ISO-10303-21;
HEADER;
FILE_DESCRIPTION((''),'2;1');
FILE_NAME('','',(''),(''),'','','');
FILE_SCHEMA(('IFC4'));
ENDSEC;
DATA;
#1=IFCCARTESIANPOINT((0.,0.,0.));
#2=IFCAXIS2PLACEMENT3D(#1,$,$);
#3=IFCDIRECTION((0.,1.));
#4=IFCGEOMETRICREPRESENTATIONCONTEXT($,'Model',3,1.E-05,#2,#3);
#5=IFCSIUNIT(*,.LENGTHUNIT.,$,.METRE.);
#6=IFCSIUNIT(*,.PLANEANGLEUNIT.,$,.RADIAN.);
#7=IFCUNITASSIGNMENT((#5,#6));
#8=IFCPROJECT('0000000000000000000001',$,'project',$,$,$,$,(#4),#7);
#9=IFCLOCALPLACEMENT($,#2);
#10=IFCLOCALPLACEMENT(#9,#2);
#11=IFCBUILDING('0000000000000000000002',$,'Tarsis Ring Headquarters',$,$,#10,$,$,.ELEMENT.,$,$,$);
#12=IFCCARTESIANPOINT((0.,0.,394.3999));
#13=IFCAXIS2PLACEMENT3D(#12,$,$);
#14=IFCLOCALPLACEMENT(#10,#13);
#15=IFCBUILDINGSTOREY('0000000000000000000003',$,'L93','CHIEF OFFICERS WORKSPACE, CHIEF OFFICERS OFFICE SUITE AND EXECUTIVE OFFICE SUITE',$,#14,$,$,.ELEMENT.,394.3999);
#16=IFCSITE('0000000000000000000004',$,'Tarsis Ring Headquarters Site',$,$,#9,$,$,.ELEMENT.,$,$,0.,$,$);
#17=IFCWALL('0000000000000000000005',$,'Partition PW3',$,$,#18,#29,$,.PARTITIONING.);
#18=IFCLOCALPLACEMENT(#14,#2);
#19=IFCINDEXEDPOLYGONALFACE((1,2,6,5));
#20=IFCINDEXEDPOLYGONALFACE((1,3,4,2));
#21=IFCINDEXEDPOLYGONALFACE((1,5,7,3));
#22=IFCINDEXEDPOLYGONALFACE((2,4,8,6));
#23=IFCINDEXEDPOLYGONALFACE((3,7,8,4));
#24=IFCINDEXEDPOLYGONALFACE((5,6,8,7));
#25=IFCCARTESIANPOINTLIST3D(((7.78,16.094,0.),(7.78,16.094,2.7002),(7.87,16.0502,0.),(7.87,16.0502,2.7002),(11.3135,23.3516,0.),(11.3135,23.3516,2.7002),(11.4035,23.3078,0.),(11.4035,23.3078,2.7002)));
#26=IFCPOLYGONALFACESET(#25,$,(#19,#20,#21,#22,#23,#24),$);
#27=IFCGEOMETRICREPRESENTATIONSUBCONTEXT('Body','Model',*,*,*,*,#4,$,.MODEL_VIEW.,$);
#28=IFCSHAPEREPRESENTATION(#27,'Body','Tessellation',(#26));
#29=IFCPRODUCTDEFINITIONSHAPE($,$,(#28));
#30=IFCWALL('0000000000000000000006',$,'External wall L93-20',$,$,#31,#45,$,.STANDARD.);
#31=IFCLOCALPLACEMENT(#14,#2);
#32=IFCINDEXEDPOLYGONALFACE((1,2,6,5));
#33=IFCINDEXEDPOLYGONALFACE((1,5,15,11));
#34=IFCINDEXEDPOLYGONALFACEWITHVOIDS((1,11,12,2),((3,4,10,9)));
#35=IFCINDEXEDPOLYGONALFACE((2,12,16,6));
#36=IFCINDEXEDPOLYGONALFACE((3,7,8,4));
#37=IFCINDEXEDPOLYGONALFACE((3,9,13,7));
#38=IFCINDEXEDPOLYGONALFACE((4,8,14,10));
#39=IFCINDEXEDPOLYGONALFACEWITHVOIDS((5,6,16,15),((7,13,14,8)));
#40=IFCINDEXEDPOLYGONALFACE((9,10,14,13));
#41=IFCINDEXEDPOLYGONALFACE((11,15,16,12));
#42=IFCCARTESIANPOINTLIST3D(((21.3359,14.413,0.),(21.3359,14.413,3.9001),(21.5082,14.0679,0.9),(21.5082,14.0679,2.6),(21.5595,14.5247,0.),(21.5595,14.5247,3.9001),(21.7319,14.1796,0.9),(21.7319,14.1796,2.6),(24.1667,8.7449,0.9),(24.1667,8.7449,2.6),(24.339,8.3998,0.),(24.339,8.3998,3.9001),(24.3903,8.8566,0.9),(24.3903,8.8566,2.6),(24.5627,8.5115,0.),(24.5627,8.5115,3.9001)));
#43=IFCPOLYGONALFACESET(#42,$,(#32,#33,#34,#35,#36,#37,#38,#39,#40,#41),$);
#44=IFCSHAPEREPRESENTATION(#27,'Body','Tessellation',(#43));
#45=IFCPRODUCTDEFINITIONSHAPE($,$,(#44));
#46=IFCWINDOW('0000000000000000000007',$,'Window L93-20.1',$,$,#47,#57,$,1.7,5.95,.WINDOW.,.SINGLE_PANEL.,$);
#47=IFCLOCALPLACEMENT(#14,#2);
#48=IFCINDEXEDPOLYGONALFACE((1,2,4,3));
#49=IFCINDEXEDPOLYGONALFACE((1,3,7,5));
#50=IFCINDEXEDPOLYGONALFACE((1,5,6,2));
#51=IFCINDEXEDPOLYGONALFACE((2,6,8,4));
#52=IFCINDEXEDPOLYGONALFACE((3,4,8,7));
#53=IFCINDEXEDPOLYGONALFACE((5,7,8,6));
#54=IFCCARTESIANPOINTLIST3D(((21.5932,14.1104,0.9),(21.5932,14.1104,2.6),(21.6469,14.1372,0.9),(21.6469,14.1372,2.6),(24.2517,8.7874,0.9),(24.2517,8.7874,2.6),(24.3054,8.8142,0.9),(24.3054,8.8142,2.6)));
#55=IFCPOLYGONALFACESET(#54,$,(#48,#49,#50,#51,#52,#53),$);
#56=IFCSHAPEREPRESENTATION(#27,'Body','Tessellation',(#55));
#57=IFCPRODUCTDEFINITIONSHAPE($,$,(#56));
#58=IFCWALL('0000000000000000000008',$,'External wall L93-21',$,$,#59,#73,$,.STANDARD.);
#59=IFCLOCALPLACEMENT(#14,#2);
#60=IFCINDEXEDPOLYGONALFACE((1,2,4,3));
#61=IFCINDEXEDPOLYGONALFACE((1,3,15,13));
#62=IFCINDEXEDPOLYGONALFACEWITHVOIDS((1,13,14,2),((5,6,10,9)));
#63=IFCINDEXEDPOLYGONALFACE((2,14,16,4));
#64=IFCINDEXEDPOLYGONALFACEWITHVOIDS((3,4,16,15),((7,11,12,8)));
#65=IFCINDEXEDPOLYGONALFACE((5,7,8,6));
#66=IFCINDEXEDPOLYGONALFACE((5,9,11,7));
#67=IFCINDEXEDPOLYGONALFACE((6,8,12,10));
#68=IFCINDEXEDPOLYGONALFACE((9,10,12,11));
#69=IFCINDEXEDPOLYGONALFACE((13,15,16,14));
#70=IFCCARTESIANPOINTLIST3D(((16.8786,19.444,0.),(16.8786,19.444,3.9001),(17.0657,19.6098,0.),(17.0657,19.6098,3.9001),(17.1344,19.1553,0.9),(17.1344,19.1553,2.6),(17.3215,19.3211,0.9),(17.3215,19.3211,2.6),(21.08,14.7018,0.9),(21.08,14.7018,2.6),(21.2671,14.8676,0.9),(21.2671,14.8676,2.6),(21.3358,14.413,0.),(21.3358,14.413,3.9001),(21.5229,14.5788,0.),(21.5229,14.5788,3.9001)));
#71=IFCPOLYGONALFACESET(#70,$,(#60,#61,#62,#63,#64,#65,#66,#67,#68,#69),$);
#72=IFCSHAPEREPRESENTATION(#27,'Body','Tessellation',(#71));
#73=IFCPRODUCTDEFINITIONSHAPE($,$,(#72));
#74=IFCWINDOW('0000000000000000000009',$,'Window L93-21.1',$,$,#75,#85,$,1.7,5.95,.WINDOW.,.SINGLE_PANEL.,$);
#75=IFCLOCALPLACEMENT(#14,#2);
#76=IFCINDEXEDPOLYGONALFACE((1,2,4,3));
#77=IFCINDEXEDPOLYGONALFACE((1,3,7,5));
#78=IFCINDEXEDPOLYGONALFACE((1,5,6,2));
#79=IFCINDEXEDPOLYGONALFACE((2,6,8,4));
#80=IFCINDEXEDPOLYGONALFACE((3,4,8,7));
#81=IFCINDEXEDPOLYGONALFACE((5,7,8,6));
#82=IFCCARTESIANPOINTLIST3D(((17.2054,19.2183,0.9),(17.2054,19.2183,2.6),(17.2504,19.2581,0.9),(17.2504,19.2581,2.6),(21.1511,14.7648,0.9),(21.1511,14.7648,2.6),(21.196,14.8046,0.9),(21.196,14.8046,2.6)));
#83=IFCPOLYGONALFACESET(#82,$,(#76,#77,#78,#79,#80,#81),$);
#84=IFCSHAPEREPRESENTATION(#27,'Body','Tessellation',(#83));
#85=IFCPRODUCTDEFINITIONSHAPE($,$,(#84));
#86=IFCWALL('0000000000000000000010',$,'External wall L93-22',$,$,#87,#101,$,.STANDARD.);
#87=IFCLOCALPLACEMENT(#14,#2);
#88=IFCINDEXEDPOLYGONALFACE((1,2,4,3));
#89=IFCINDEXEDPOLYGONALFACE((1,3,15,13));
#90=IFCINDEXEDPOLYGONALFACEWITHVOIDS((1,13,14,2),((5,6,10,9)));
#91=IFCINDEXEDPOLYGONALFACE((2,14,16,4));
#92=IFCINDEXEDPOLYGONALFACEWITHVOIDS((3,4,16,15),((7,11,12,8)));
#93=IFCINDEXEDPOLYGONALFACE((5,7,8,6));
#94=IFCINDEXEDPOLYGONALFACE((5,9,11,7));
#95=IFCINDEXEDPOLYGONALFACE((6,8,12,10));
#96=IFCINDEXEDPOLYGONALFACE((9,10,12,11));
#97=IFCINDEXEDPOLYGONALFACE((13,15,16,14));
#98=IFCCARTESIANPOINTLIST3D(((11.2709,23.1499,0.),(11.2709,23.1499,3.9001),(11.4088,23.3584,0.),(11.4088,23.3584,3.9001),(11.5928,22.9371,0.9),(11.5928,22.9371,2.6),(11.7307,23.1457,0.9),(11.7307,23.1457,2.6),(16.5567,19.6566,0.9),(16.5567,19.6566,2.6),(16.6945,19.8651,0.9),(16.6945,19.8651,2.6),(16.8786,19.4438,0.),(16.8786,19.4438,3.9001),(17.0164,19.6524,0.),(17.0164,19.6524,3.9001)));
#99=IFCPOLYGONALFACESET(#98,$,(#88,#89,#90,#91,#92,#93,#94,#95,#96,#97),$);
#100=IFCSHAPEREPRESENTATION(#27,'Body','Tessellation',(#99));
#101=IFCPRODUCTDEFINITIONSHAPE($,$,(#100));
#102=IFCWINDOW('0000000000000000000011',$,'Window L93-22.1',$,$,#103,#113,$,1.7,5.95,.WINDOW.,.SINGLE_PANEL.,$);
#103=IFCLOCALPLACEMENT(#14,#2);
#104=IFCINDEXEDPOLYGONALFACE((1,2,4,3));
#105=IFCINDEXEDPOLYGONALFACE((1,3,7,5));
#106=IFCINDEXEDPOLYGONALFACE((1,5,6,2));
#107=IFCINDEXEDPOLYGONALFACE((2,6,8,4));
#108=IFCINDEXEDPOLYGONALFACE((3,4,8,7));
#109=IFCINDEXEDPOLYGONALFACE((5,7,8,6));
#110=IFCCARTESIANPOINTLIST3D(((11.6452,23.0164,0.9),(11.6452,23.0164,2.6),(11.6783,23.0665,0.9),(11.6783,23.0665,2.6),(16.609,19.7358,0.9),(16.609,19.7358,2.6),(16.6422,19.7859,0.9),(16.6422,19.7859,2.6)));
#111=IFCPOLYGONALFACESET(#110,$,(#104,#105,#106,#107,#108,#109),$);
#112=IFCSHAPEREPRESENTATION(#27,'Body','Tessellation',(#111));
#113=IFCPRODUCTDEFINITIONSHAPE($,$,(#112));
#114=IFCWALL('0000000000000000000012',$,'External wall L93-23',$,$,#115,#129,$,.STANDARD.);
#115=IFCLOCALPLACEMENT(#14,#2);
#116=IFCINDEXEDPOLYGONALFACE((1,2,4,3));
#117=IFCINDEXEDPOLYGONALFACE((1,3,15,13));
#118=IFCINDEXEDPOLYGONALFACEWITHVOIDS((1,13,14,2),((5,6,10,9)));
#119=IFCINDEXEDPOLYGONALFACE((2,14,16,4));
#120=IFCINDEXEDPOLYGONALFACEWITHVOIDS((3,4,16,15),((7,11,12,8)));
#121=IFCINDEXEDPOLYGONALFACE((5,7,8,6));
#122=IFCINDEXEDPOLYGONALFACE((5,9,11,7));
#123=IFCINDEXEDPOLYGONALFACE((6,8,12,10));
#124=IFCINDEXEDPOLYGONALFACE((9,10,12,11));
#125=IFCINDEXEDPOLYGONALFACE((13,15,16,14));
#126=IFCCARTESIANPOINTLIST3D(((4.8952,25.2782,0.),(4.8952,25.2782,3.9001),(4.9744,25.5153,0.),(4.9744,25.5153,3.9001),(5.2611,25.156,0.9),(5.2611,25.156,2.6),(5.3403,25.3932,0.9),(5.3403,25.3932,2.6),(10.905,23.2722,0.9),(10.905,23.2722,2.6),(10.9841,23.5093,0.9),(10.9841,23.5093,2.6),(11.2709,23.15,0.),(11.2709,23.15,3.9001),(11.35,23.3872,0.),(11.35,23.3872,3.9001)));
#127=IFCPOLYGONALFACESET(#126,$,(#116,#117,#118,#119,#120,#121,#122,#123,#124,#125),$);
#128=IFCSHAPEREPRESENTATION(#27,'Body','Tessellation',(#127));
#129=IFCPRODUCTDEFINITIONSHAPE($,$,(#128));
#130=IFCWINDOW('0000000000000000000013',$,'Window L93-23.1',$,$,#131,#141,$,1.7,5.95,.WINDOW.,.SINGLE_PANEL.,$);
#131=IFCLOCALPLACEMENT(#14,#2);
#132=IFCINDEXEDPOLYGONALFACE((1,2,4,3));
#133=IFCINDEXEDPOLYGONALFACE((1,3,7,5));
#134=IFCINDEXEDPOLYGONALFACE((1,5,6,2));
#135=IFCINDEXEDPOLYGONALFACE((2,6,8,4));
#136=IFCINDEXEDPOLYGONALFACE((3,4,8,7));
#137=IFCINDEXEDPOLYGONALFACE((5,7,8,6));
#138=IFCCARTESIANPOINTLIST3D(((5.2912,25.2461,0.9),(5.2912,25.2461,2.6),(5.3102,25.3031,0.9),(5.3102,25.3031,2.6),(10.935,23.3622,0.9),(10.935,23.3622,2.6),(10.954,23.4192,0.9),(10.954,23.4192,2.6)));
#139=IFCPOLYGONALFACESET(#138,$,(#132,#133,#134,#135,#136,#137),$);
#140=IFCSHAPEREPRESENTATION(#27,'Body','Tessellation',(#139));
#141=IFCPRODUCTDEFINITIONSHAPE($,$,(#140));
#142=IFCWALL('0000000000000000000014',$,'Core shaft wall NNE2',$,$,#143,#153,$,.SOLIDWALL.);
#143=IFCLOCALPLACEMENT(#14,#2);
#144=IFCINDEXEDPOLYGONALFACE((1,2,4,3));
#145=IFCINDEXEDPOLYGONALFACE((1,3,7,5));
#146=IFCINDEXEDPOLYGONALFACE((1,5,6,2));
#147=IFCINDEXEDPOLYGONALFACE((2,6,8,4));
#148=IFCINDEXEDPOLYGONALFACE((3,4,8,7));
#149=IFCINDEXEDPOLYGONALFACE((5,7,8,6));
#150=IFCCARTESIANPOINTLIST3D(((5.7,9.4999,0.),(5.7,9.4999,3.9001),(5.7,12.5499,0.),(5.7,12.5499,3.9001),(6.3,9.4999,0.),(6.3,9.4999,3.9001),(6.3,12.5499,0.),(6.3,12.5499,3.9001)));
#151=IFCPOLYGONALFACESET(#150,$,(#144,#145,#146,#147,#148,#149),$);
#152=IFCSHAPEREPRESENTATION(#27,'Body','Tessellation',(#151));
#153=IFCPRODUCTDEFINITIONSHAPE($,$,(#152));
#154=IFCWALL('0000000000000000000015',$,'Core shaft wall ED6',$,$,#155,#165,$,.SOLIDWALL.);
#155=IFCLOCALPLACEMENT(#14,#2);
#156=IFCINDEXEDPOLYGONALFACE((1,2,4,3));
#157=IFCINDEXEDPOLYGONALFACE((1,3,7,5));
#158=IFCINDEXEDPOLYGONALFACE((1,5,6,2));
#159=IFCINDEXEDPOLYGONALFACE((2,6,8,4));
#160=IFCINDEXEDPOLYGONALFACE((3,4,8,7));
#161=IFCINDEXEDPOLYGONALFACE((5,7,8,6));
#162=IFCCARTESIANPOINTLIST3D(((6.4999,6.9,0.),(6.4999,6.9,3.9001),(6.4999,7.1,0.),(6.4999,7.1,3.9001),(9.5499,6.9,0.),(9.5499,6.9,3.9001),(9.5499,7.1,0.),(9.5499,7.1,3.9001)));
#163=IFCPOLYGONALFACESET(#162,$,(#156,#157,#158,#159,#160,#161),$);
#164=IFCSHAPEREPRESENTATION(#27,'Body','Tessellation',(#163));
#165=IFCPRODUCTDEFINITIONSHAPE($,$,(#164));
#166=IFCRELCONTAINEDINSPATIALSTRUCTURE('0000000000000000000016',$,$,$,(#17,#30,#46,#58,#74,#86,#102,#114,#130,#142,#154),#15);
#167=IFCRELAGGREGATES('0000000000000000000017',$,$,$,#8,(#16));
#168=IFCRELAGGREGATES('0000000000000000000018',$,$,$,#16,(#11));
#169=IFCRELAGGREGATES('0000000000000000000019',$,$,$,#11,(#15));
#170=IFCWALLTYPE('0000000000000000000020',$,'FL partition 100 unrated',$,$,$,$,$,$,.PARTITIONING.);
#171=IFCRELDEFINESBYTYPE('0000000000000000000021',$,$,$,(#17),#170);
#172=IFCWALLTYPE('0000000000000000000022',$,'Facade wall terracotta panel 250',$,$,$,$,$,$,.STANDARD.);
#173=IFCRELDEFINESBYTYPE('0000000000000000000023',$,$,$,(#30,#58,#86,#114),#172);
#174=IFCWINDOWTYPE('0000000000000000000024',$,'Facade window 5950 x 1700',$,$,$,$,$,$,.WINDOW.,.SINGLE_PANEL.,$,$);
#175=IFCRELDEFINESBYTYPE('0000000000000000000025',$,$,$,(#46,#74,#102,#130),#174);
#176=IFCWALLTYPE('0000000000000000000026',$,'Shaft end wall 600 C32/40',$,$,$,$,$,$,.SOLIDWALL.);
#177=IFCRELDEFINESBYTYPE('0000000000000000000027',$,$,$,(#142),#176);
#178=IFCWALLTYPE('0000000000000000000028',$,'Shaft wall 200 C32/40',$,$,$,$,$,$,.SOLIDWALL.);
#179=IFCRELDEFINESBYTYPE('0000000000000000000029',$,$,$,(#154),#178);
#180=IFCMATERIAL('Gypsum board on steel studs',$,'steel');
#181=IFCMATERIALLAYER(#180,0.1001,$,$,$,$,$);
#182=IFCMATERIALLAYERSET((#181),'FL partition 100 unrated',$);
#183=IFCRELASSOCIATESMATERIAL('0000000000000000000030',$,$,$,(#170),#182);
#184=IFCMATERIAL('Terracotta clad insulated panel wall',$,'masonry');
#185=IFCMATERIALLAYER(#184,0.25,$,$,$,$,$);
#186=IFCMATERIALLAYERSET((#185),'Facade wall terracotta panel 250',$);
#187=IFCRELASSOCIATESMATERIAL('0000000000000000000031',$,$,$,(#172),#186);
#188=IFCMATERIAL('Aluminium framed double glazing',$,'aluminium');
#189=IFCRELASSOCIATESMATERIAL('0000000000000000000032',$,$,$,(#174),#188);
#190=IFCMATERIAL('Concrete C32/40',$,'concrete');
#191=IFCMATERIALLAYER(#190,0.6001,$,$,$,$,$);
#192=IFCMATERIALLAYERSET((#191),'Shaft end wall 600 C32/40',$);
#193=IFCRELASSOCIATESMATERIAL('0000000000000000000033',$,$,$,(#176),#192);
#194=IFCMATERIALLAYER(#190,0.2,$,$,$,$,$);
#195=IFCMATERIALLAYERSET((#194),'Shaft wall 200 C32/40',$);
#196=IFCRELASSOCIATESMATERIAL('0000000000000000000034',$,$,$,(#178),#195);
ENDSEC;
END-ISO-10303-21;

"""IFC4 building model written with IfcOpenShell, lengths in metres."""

from ifc_helpers import new_model, si_unit, direction, frame, frame_2d, origin, place, context, subcontext, project, spatial, rectangle, extrude, material, layer, layer_set, type_object, element, fill, save


model = new_model("IFC4")

# Units and contexts
model_context = context("Model", 3, precision=1e-05, world=origin(), true_north=direction((0.0, 1.0)))
body_context = subcontext(model_context, "Body", "Model", "MODEL_VIEW")
ifc_project = project(units=[si_unit("LENGTHUNIT", "METRE"), si_unit("PLANEANGLEUNIT", "RADIAN")], contexts=[model_context])

# Site, building, storey
site_placement = place(None, origin())
site = spatial("IfcSite", under=ifc_project, at=site_placement, Name="Tarsis Ring Headquarters Site", CompositionType="ELEMENT", RefElevation=0.0)
building_placement = place(site_placement, origin())
building = spatial("IfcBuilding", under=site, at=building_placement, Name="Tarsis Ring Headquarters", CompositionType="ELEMENT")
storey_placement = place(building_placement, frame((0.0, 0.0, 394.3999)))
storey = spatial("IfcBuildingStorey", under=building, at=storey_placement, Name="L93", Description="CHIEF OFFICERS WORKSPACE, CHIEF OFFICERS OFFICE SUITE AND EXECUTIVE OFFICE SUITE", CompositionType="ELEMENT", Elevation=394.3999)

# Wall
ifc_material_1 = material(Name="Gypsum board on steel studs", Category="steel")
ifc_layer_1 = layer(ifc_material_1, 0.1001)
ifc_layer_set_1 = layer_set([ifc_layer_1], Name="FL partition 100 unrated")
wall_type_1 = type_object("IfcWallType", Name="FL partition 100 unrated", PredefinedType="PARTITIONING", material=ifc_layer_set_1)
wall_1_placement = place(storey_placement, frame((7.825, 16.072, 0.0), z_axis=(0.0, 0.0, 1.0), x_axis=(0.43774, 0.899102, 0.0)))
element("IfcWall", 1, at=wall_1_placement, inside=storey, type_object=wall_type_1, Name="Partition PW3", PredefinedType="PARTITIONING", context=body_context, shape_type="SweptSolid", body=[
    extrude(rectangle(XDim=8.072, YDim=0.1001, at=frame_2d((4.0361, 0.0))), origin(), (0.0, 0.0, 1.0), 2.7002),
])

# Walls, openings, windows
ifc_material_2 = material(Name="Terracotta clad insulated panel wall", Category="masonry")
ifc_layer_2 = layer(ifc_material_2, 0.25)
ifc_layer_set_2 = layer_set([ifc_layer_2], Name="Facade wall terracotta panel 250")
wall_type_2 = type_object("IfcWallType", Name="Facade wall terracotta panel 250", PredefinedType="STANDARD", material=ifc_layer_set_2)
wall_2_placement = place(storey_placement, frame((24.4509, 8.4556, 0.0), z_axis=(0.0, 0.0, 1.0), x_axis=(-0.446807, 0.894631, 0.0)))
wall_2 = element("IfcWall", 2, at=wall_2_placement, inside=storey, type_object=wall_type_2, Name="External wall L93-20", PredefinedType="STANDARD", context=body_context, shape_type="SweptSolid", body=[
    extrude(rectangle(XDim=6.7214, YDim=0.25, at=frame_2d((3.3608, 0.0))), origin(), (0.0, 0.0, 1.0), 3.9001),
])
opening_1_placement = place(wall_2_placement, frame((0.3857, 0.0, 0.8999)))
opening_1 = element("IfcOpeningElement", 3, at=opening_1_placement, cuts=wall_2, PredefinedType="OPENING", context=body_context, shape_type="SweptSolid", body=[
    extrude(rectangle(XDim=5.95, YDim=1.7, at=frame_2d((2.9751, 0.8501))), frame((0.0, 0.135, 0.0), z_axis=(0.0, -1.0, 0.0), x_axis=(1.0, 0.0, 0.0)), (0.0, 0.0, 1.0), 0.27),
])
ifc_material_3 = material(Name="Aluminium framed double glazing", Category="aluminium")
window_type = type_object("IfcWindowType", Name="Facade window 5950 x 1700", PartitioningType="SINGLE_PANEL", PredefinedType="WINDOW", material=ifc_material_3)
window_1_placement = place(opening_1_placement, origin())
window_1 = element("IfcWindow", 4, at=window_1_placement, inside=storey, type_object=window_type, Name="Window L93-20.1", OverallHeight=1.7, OverallWidth=5.95, PartitioningType="SINGLE_PANEL", PredefinedType="WINDOW", context=body_context, shape_type="SweptSolid", body=[
    extrude(rectangle(XDim=5.95, YDim=1.7, at=frame_2d((2.9751, 0.8501))), frame((0.0, 0.03, 0.0), z_axis=(0.0, -1.0, 0.0), x_axis=(1.0, 0.0, 0.0)), (0.0, 0.0, 1.0), 0.0601),
])
fill(opening_1, window_1)
wall_3_placement = place(storey_placement, frame((21.4294, 14.4958, 0.0), z_axis=(0.0, 0.0, 1.0), x_axis=(-0.663139, 0.748496, 0.0)))
wall_3 = element("IfcWall", 5, at=wall_3_placement, inside=storey, type_object=wall_type_2, Name="External wall L93-21", PredefinedType="STANDARD", context=body_context, shape_type="SweptSolid", body=[
    extrude(rectangle(XDim=6.7214, YDim=0.25, at=frame_2d((3.3608, 0.0))), origin(), (0.0, 0.0, 1.0), 3.9001),
])
opening_2_placement = place(wall_3_placement, frame((0.3857, 0.0, 0.8999)))
opening_2 = element("IfcOpeningElement", 6, at=opening_2_placement, cuts=wall_3, PredefinedType="OPENING", context=body_context, shape_type="SweptSolid", body=[
    extrude(rectangle(XDim=5.95, YDim=1.7, at=frame_2d((2.9751, 0.8501))), frame((0.0, 0.135, 0.0), z_axis=(0.0, -1.0, 0.0), x_axis=(1.0, 0.0, 0.0)), (0.0, 0.0, 1.0), 0.27),
])
window_2_placement = place(opening_2_placement, origin())
window_2 = element("IfcWindow", 7, at=window_2_placement, inside=storey, type_object=window_type, Name="Window L93-21.1", OverallHeight=1.7, OverallWidth=5.95, PartitioningType="SINGLE_PANEL", PredefinedType="WINDOW", context=body_context, shape_type="SweptSolid", body=[
    extrude(rectangle(XDim=5.95, YDim=1.7, at=frame_2d((2.9751, 0.8501))), frame((0.0, 0.03, 0.0), z_axis=(0.0, -1.0, 0.0), x_axis=(1.0, 0.0, 0.0)), (0.0, 0.0, 1.0), 0.0601),
])
fill(opening_2, window_2)
wall_4_placement = place(storey_placement, frame((16.9475, 19.5481, 0.0), z_axis=(0.0, 0.0, 1.0), x_axis=(-0.834268, 0.55136, 0.0)))
wall_4 = element("IfcWall", 8, at=wall_4_placement, inside=storey, type_object=wall_type_2, Name="External wall L93-22", PredefinedType="STANDARD", context=body_context, shape_type="SweptSolid", body=[
    extrude(rectangle(XDim=6.7217, YDim=0.25, at=frame_2d((3.3608, 0.0))), origin(), (0.0, 0.0, 1.0), 3.9001),
])
opening_3_placement = place(wall_4_placement, frame((0.3857, 0.0, 0.8999)))
opening_3 = element("IfcOpeningElement", 9, at=opening_3_placement, cuts=wall_4, PredefinedType="OPENING", context=body_context, shape_type="SweptSolid", body=[
    extrude(rectangle(XDim=5.95, YDim=1.7, at=frame_2d((2.9751, 0.8501))), frame((0.0, 0.135, 0.0), z_axis=(0.0, -1.0, 0.0), x_axis=(1.0, 0.0, 0.0)), (0.0, 0.0, 1.0), 0.27),
])
window_3_placement = place(opening_3_placement, origin())
window_3 = element("IfcWindow", 10, at=window_3_placement, inside=storey, type_object=window_type, Name="Window L93-22.1", OverallHeight=1.7, OverallWidth=5.95, PartitioningType="SINGLE_PANEL", PredefinedType="WINDOW", context=body_context, shape_type="SweptSolid", body=[
    extrude(rectangle(XDim=5.95, YDim=1.7, at=frame_2d((2.9751, 0.8501))), frame((0.0, 0.03, 0.0), z_axis=(0.0, -1.0, 0.0), x_axis=(1.0, 0.0, 0.0)), (0.0, 0.0, 1.0), 0.0601),
])
fill(opening_3, window_3)
wall_5_placement = place(storey_placement, frame((11.3105, 23.2686, 0.0), z_axis=(0.0, 0.0, 1.0), x_axis=(-0.948552, 0.31662, 0.0)))
wall_5 = element("IfcWall", 11, at=wall_5_placement, inside=storey, type_object=wall_type_2, Name="External wall L93-23", PredefinedType="STANDARD", context=body_context, shape_type="SweptSolid", body=[
    extrude(rectangle(XDim=6.7214, YDim=0.25, at=frame_2d((3.3608, 0.0))), origin(), (0.0, 0.0, 1.0), 3.9001),
])
opening_4_placement = place(wall_5_placement, frame((0.3857, 0.0, 0.8999)))
opening_4 = element("IfcOpeningElement", 12, at=opening_4_placement, cuts=wall_5, PredefinedType="OPENING", context=body_context, shape_type="SweptSolid", body=[
    extrude(rectangle(XDim=5.95, YDim=1.7, at=frame_2d((2.9751, 0.8501))), frame((0.0, 0.135, 0.0), z_axis=(0.0, -1.0, 0.0), x_axis=(1.0, 0.0, 0.0)), (0.0, 0.0, 1.0), 0.27),
])
window_4_placement = place(opening_4_placement, origin())
window_4 = element("IfcWindow", 13, at=window_4_placement, inside=storey, type_object=window_type, Name="Window L93-23.1", OverallHeight=1.7, OverallWidth=5.95, PartitioningType="SINGLE_PANEL", PredefinedType="WINDOW", context=body_context, shape_type="SweptSolid", body=[
    extrude(rectangle(XDim=5.95, YDim=1.7, at=frame_2d((2.9751, 0.8501))), frame((0.0, 0.03, 0.0), z_axis=(0.0, -1.0, 0.0), x_axis=(1.0, 0.0, 0.0)), (0.0, 0.0, 1.0), 0.0601),
])
fill(opening_4, window_4)

# Walls
ifc_material_4 = material(Name="Concrete C32/40", Category="concrete")
ifc_layer_3 = layer(ifc_material_4, 0.6001)
ifc_layer_set_3 = layer_set([ifc_layer_3], Name="Shaft end wall 600 C32/40")
wall_type_3 = type_object("IfcWallType", Name="Shaft end wall 600 C32/40", PredefinedType="SOLIDWALL", material=ifc_layer_set_3)
wall_6_placement = place(storey_placement, frame((6.0, 9.5, 0.0), z_axis=(0.0, 0.0, 1.0), x_axis=(0.0, 1.0, 0.0)))
element("IfcWall", 14, at=wall_6_placement, inside=storey, type_object=wall_type_3, Name="Core shaft wall NNE2", PredefinedType="SOLIDWALL", context=body_context, shape_type="SweptSolid", body=[
    extrude(rectangle(XDim=3.05, YDim=0.6001, at=frame_2d((1.5249, 0.0))), origin(), (0.0, 0.0, 1.0), 3.9001),
])
ifc_layer_4 = layer(ifc_material_4, 0.2)
ifc_layer_set_4 = layer_set([ifc_layer_4], Name="Shaft wall 200 C32/40")
wall_type_4 = type_object("IfcWallType", Name="Shaft wall 200 C32/40", PredefinedType="SOLIDWALL", material=ifc_layer_set_4)
wall_7_placement = place(storey_placement, frame((6.5, 7.0, 0.0), z_axis=(0.0, 0.0, 1.0), x_axis=(1.0, 0.0, 0.0)))
element("IfcWall", 15, at=wall_7_placement, inside=storey, type_object=wall_type_4, Name="Core shaft wall ED6", PredefinedType="SOLIDWALL", context=body_context, shape_type="SweptSolid", body=[
    extrude(rectangle(XDim=3.05, YDim=0.2, at=frame_2d((1.5249, 0.0))), origin(), (0.0, 0.0, 1.0), 3.9001),
])

save(model, "model.ifc")
